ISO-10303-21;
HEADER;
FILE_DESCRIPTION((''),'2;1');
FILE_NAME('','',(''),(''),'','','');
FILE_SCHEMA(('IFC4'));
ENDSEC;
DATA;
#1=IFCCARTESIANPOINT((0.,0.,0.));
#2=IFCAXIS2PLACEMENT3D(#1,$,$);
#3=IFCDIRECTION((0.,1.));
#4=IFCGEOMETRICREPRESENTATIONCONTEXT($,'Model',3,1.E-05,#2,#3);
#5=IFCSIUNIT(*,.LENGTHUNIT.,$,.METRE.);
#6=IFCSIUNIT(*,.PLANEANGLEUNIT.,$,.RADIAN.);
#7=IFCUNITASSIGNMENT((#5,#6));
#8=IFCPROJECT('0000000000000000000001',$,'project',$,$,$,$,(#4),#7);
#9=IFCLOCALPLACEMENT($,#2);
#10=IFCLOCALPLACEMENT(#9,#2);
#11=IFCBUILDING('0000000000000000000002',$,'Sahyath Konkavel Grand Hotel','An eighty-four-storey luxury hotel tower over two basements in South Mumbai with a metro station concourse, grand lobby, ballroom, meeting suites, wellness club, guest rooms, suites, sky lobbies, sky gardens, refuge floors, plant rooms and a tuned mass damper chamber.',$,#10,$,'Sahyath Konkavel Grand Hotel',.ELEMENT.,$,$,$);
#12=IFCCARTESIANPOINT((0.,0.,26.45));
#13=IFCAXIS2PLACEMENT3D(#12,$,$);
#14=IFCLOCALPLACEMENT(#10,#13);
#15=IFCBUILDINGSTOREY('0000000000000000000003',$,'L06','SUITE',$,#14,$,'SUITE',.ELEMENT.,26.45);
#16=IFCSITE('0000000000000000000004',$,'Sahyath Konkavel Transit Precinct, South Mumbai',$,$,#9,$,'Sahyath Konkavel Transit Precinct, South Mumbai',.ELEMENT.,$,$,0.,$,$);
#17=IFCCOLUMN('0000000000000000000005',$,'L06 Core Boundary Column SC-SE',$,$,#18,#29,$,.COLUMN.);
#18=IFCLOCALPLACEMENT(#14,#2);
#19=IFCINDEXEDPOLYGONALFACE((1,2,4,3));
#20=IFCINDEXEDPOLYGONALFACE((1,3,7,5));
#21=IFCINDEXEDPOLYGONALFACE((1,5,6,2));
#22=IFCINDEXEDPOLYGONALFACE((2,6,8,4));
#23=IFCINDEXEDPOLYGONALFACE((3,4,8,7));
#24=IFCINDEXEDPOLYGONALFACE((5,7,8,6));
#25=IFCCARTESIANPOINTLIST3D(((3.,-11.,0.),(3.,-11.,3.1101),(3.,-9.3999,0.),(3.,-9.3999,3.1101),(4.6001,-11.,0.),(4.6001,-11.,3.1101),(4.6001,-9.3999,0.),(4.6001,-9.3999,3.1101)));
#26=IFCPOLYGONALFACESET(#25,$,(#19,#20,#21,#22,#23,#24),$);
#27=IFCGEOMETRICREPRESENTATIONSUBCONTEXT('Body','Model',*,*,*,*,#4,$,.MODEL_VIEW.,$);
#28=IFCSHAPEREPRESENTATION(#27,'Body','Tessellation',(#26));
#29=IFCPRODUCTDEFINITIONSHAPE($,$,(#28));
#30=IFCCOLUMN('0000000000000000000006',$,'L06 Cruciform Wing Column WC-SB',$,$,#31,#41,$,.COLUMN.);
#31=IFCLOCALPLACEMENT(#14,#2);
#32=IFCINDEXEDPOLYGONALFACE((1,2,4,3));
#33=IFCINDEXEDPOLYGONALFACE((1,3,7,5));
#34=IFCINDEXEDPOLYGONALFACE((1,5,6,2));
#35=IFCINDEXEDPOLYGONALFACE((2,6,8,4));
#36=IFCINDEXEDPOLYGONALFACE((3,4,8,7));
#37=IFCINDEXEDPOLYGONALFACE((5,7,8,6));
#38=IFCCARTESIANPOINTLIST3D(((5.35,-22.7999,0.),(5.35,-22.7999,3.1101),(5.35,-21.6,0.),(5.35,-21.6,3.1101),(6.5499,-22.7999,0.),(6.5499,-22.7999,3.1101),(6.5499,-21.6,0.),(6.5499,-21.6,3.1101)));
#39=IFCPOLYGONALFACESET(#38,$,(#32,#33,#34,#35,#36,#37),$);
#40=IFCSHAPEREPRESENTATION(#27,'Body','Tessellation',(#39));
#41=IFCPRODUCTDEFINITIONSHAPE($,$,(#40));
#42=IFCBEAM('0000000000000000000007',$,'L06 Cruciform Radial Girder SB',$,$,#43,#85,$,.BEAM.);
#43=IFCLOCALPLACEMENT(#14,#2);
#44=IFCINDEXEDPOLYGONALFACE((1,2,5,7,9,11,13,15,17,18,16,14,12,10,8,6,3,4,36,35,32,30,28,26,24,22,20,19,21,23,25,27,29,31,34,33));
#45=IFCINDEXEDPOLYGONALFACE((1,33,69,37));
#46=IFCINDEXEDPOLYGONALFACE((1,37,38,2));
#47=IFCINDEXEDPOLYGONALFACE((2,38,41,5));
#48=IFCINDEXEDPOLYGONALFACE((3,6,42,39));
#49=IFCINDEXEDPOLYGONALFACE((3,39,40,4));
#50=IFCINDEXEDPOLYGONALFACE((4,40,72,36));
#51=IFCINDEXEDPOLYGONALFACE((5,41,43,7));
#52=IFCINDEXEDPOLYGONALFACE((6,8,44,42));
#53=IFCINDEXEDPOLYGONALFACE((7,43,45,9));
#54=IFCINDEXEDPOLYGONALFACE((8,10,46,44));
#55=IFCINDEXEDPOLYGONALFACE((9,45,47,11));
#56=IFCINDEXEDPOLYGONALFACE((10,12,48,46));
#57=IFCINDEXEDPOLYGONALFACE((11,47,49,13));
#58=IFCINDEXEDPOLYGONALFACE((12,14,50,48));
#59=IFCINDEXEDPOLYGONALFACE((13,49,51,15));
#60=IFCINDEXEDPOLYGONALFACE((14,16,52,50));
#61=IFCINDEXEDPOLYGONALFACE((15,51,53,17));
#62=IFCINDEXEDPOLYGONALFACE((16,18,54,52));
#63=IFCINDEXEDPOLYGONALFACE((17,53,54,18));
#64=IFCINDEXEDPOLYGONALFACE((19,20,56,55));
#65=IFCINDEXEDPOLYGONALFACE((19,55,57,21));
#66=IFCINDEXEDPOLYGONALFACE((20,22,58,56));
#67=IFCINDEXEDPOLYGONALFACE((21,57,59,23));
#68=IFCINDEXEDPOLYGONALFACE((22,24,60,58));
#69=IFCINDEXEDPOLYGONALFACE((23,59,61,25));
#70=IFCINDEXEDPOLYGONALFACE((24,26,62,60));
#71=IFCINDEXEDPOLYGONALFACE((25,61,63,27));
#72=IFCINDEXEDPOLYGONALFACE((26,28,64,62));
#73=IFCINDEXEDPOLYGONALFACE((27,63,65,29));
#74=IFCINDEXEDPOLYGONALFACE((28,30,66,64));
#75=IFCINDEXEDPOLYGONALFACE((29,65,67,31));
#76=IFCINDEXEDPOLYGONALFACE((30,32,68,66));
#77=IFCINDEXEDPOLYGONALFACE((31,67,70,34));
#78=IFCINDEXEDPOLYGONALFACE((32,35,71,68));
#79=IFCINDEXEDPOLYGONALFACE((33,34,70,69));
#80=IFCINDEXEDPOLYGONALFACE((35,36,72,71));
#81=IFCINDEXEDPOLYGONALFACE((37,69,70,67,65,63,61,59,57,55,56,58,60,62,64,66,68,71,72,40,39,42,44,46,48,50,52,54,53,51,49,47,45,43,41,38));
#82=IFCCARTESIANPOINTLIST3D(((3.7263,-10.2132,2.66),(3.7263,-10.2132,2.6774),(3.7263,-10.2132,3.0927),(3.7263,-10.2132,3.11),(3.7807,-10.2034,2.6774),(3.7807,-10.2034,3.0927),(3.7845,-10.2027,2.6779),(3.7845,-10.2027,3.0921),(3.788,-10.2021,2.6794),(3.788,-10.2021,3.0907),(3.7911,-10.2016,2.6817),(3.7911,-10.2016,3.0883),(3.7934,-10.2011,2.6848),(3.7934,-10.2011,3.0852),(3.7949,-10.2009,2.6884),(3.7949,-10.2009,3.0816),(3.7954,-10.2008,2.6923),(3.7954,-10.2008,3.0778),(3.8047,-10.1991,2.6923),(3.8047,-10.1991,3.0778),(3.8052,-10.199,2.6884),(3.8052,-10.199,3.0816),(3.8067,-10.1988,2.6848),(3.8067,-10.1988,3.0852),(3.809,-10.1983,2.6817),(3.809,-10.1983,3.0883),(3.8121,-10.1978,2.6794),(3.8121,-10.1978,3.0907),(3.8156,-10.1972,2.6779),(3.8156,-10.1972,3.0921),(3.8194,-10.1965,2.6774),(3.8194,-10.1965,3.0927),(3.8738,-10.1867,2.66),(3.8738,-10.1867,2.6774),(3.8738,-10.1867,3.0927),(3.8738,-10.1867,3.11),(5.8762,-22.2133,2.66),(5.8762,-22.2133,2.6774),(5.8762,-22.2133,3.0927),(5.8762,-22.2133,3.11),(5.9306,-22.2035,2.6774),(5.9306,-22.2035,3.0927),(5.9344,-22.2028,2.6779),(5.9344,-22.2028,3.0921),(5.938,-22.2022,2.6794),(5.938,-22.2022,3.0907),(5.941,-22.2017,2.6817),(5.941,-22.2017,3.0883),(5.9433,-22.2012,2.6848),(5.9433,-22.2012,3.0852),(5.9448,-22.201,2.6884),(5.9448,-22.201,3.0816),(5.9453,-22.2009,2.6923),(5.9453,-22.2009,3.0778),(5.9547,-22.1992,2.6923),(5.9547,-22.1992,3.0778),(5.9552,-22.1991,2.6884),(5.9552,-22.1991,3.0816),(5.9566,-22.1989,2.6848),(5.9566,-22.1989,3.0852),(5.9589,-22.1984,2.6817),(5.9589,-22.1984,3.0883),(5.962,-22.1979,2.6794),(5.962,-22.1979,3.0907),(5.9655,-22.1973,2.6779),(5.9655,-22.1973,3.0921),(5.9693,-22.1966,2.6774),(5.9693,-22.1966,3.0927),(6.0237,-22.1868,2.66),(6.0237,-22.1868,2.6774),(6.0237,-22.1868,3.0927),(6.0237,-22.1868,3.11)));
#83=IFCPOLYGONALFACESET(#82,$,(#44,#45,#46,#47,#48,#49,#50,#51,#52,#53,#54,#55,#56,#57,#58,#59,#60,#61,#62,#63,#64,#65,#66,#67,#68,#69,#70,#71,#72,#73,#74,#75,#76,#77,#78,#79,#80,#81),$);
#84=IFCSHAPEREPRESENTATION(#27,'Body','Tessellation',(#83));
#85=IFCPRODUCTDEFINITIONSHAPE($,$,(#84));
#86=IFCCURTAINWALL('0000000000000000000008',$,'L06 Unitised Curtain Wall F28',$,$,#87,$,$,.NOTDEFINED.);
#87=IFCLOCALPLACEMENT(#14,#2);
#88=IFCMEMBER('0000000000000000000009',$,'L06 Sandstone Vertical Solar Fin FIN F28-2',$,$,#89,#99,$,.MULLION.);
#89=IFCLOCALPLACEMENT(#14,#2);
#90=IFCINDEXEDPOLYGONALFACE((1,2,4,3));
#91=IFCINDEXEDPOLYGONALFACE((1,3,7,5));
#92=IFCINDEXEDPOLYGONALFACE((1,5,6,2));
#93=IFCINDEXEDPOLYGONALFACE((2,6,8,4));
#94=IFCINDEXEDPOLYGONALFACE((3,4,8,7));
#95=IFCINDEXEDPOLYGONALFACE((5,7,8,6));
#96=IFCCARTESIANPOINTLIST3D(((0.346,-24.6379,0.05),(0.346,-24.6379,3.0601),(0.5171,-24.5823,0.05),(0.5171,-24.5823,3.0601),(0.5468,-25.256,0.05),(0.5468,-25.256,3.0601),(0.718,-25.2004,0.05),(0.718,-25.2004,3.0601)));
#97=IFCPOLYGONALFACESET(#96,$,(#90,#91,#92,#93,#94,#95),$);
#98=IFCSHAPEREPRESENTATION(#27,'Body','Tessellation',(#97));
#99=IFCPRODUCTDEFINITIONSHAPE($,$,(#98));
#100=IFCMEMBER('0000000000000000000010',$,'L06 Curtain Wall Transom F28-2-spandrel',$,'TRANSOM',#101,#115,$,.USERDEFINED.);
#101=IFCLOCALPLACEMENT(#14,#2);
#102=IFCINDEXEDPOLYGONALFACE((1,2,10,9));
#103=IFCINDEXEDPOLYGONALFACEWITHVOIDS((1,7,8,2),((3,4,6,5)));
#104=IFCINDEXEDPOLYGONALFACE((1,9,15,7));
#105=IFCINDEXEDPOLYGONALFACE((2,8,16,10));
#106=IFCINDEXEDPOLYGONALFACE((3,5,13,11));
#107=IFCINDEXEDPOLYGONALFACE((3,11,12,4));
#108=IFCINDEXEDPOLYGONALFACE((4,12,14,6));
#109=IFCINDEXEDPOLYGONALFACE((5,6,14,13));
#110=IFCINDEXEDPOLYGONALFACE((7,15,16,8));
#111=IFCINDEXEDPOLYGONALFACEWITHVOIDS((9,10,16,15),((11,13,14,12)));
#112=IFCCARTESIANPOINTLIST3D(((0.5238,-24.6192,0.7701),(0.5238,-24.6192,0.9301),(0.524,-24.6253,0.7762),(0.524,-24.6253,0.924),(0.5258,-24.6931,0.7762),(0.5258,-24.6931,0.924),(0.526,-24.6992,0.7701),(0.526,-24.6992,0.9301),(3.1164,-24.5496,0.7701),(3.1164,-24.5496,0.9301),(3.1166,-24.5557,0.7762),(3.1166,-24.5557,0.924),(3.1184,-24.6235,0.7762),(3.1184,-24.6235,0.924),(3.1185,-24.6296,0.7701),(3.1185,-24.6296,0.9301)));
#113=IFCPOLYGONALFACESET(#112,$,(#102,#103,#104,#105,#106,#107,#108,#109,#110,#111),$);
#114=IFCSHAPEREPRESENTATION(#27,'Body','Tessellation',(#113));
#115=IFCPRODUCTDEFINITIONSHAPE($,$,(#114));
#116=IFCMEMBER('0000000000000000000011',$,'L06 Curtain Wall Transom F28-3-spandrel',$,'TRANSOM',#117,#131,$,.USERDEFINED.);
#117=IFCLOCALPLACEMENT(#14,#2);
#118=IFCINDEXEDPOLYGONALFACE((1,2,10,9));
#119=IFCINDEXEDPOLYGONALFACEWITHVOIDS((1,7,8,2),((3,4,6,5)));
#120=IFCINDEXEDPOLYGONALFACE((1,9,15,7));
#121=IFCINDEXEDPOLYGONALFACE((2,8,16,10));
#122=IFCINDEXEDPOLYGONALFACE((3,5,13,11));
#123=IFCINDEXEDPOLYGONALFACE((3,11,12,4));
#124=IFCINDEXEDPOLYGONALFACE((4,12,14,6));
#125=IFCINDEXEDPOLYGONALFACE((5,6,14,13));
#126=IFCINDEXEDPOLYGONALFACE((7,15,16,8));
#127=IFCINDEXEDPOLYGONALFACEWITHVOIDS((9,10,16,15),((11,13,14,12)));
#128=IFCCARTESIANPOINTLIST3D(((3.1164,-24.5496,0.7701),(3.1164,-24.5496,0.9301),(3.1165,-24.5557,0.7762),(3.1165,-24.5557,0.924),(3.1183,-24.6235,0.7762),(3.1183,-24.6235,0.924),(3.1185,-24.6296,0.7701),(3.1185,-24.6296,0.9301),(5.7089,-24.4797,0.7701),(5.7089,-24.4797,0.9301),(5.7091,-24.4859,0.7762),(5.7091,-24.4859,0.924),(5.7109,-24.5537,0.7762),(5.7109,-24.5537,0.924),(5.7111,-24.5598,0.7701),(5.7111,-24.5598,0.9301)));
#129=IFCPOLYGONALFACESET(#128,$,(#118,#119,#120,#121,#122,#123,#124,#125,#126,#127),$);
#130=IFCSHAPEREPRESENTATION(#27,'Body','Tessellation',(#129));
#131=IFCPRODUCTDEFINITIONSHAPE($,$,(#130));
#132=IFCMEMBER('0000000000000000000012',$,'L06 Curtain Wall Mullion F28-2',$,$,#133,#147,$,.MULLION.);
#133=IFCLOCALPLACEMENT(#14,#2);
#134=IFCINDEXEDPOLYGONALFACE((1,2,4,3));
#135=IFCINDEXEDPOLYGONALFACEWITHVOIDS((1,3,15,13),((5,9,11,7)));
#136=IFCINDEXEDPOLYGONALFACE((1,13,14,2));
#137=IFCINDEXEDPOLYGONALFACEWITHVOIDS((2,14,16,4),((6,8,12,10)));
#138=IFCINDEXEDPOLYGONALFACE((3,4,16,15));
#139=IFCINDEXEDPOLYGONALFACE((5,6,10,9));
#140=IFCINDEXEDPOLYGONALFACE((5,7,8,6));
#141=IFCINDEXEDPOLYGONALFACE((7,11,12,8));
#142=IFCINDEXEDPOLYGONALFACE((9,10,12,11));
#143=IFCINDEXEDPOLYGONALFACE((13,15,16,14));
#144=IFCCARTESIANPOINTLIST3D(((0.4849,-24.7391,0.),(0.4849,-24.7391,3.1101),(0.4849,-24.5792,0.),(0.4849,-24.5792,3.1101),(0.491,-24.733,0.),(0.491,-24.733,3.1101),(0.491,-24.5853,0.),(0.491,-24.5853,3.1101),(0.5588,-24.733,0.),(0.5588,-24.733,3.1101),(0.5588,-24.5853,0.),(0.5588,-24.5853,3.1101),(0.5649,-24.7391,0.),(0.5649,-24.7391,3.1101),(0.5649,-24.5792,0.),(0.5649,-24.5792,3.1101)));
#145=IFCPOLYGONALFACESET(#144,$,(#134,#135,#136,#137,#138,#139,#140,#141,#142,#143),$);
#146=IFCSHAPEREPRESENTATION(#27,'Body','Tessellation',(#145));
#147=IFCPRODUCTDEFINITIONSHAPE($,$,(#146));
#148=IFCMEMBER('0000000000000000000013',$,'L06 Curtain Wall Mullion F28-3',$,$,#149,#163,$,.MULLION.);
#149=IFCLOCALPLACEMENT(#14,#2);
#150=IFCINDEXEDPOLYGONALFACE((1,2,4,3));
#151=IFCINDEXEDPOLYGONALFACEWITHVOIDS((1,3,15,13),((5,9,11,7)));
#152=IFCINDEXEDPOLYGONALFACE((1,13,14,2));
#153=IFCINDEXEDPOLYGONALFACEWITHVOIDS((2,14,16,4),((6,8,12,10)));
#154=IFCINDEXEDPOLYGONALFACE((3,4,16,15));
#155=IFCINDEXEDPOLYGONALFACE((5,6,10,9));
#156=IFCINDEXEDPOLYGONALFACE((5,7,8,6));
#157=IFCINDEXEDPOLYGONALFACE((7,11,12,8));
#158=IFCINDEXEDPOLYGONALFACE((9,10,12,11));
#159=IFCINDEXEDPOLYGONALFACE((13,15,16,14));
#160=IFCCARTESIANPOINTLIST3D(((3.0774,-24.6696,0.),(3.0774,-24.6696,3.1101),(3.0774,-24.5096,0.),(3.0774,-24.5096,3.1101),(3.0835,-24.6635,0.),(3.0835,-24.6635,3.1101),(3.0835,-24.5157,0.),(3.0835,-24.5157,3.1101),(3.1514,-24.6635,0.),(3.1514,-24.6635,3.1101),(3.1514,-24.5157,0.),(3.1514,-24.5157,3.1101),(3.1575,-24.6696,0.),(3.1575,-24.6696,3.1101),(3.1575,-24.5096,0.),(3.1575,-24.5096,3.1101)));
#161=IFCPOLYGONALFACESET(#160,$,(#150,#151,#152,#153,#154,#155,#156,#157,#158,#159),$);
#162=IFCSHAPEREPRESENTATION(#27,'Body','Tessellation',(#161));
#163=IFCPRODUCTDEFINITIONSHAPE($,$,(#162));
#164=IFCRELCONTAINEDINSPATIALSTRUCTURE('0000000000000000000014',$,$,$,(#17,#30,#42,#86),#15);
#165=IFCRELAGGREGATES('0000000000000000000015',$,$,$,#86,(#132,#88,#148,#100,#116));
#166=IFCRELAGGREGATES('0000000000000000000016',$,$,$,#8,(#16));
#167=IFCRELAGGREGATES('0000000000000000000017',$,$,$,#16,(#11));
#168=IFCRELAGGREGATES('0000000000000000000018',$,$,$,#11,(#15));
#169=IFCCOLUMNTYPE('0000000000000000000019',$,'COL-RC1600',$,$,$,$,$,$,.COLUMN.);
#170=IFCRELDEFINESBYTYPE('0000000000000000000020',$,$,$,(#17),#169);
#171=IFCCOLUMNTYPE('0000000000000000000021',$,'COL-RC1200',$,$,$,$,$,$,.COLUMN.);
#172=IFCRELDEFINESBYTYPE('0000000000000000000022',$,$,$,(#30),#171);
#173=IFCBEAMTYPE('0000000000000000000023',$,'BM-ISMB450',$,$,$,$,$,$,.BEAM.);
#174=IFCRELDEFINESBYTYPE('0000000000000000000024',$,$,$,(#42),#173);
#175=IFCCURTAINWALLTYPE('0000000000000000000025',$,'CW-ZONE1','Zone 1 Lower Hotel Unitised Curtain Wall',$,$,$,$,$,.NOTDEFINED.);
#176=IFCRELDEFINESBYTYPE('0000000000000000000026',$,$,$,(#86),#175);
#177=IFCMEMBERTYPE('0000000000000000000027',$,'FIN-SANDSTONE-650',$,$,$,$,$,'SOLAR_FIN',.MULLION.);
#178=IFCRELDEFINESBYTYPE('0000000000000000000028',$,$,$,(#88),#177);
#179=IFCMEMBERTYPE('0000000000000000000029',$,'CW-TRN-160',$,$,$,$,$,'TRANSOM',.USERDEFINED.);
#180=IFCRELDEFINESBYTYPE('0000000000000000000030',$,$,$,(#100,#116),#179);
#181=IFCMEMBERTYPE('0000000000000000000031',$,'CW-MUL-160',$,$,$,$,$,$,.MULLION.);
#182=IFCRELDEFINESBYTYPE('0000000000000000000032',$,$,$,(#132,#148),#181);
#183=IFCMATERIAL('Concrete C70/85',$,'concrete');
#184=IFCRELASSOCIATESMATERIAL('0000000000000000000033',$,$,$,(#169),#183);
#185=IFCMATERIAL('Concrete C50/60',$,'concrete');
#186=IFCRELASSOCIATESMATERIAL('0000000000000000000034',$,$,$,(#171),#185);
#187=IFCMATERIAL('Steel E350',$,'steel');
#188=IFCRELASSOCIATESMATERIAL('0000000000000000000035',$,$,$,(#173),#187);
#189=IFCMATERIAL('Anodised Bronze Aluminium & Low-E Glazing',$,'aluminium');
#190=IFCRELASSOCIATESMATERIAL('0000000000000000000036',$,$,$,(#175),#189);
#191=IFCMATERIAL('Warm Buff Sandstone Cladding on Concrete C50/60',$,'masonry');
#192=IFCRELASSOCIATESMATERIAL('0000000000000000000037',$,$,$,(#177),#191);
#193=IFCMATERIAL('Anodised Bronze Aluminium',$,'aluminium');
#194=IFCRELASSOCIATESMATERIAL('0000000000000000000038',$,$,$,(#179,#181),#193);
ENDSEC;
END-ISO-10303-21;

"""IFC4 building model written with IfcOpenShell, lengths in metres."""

from ifc_helpers import new_model, si_unit, direction, frame, origin, origin_2d, place, context, subcontext, project, spatial, rectangle, hollow_rectangle, i_section, extrude, source, transform, mapped, material, material_profile, profile_set, type_object, element, aggregate, save


model = new_model("IFC4")

# Units and contexts
model_context = context("Model", 3, precision=1e-05, world=origin(), true_north=direction((0.0, 1.0)))
body_context = subcontext(model_context, "Body", "Model", "MODEL_VIEW")
ifc_project = project(units=[si_unit("LENGTHUNIT", "METRE"), si_unit("PLANEANGLEUNIT", "RADIAN")], contexts=[model_context])

# Site, building, storey
site_placement = place(None, origin())
site = spatial("IfcSite", under=ifc_project, at=site_placement, Name="Sahyath Konkavel Transit Precinct, South Mumbai", LongName="Sahyath Konkavel Transit Precinct, South Mumbai", CompositionType="ELEMENT", RefElevation=0.0)
building_placement = place(site_placement, origin())
building = spatial("IfcBuilding", under=site, at=building_placement, Name="Sahyath Konkavel Grand Hotel", Description="An eighty-four-storey luxury hotel tower over two basements in South Mumbai with a metro station concourse, grand lobby, ballroom, meeting suites, wellness club, guest rooms, suites, sky lobbies, sky gardens, refuge floors, plant rooms and a tuned mass damper chamber.", LongName="Sahyath Konkavel Grand Hotel", CompositionType="ELEMENT")
storey_placement = place(building_placement, frame((0.0, 0.0, 26.45)))
storey = spatial("IfcBuildingStorey", under=building, at=storey_placement, Name="L06", Description="SUITE", LongName="SUITE", CompositionType="ELEMENT", Elevation=26.45)

# Columns
ifc_material_1 = material(Name="Concrete C70/85", Category="concrete")
ifc_material_profile_1 = material_profile(ifc_material_1, rectangle(XDim=1.6001, YDim=1.6001, at=origin_2d()), Name="RC 1600x1600")
ifc_profile_set_1 = profile_set([ifc_material_profile_1], Name="Concrete C70/85")
column_type_1 = type_object("IfcColumnType", Name="COL-RC1600", PredefinedType="COLUMN", material=ifc_profile_set_1)
shared_shape_1 = source(origin(), body_context, "Body", "SweptSolid", [
    extrude(rectangle(XDim=1.6001, YDim=1.6001, at=origin_2d()), origin(), (0.0, 0.0, 1.0), 3.1101),
])
column_1_placement = place(storey_placement, frame((3.8, -10.2, 0.0), z_axis=(0.0, 0.0, 1.0), x_axis=(1.0, 0.0, 0.0)))
element("IfcColumn", 1, at=column_1_placement, inside=storey, type_object=column_type_1, Name="L06 Core Boundary Column SC-SE", PredefinedType="COLUMN", context=body_context, shape_type="MappedRepresentation", body=[
    mapped(shared_shape_1, transform((0.0, 0.0, 0.0), scale=1.0)),
])
ifc_material_2 = material(Name="Concrete C50/60", Category="concrete")
ifc_material_profile_2 = material_profile(ifc_material_2, rectangle(XDim=1.2, YDim=1.2, at=origin_2d()), Name="RC 1200x1200")
ifc_profile_set_2 = profile_set([ifc_material_profile_2], Name="Concrete C50/60")
column_type_2 = type_object("IfcColumnType", Name="COL-RC1200", PredefinedType="COLUMN", material=ifc_profile_set_2)
shared_shape_2 = source(origin(), body_context, "Body", "SweptSolid", [
    extrude(rectangle(XDim=1.2, YDim=1.2, at=origin_2d()), origin(), (0.0, 0.0, 1.0), 3.1101),
])
column_2_placement = place(storey_placement, frame((5.95, -22.2, 0.0), z_axis=(0.0, 0.0, 1.0), x_axis=(1.0, 0.0, 0.0)))
element("IfcColumn", 2, at=column_2_placement, inside=storey, type_object=column_type_2, Name="L06 Cruciform Wing Column WC-SB", PredefinedType="COLUMN", context=body_context, shape_type="MappedRepresentation", body=[
    mapped(shared_shape_2, transform((0.0, 0.0, 0.0), scale=1.0)),
])

# Beam
ifc_material_3 = material(Name="Steel E350", Category="steel")
ifc_material_profile_3 = material_profile(ifc_material_3, i_section(OverallWidth=0.1499, OverallDepth=0.45, WebThickness=0.0095, FlangeThickness=0.0173, FilletRadius=0.0149, at=origin_2d()), Name="ISMB 450")
ifc_profile_set_3 = profile_set([ifc_material_profile_3], Name="Steel E350")
beam_type_1 = type_object("IfcBeamType", Name="BM-ISMB450", PredefinedType="BEAM", material=ifc_profile_set_3)
shared_shape_3 = source(origin(), body_context, "Body", "SweptSolid", [
    extrude(i_section(OverallWidth=0.1499, OverallDepth=0.45, WebThickness=0.0095, FlangeThickness=0.0173, FilletRadius=0.0149, at=origin_2d()), origin(), (0.0, 0.0, 1.0), 12.1912),
])
beam_1_placement = place(storey_placement, frame((3.8, -10.2, 2.885), z_axis=(0.176351, -0.984327, 0.0), x_axis=(0.984327, 0.176351, 0.0)))
element("IfcBeam", 3, at=beam_1_placement, inside=storey, type_object=beam_type_1, Name="L06 Cruciform Radial Girder SB", PredefinedType="BEAM", context=body_context, shape_type="MappedRepresentation", body=[
    mapped(shared_shape_3, transform((0.0, 0.0, 0.0), scale=1.0)),
])

# Curtain wall, members
ifc_material_4 = material(Name="Anodised Bronze Aluminium & Low-E Glazing", Category="aluminium")
curtain_wall_type = type_object("IfcCurtainWallType", Name="CW-ZONE1", Description="Zone 1 Lower Hotel Unitised Curtain Wall", PredefinedType="NOTDEFINED", material=ifc_material_4)
curtain_wall_placement = place(storey_placement, origin())
curtain_wall = element("IfcCurtainWall", 4, at=curtain_wall_placement, inside=storey, type_object=curtain_wall_type, Name="L06 Unitised Curtain Wall F28", PredefinedType="NOTDEFINED")
ifc_material_5 = material(Name="Warm Buff Sandstone Cladding on Concrete C50/60", Category="masonry")
ifc_material_profile_4 = material_profile(ifc_material_5, rectangle(XDim=0.1799, YDim=0.6499, at=origin_2d()), Name="FIN 180x650")
ifc_profile_set_4 = profile_set([ifc_material_profile_4], Name="Warm Buff Sandstone Cladding on Concrete C50/60")
member_type_1 = type_object("IfcMemberType", Name="FIN-SANDSTONE-650", ElementType="SOLAR_FIN", PredefinedType="MULLION", material=ifc_profile_set_4)
shared_shape_4 = source(origin(), body_context, "Body", "SweptSolid", [
    extrude(rectangle(XDim=0.1799, YDim=0.6499, at=origin_2d()), origin(), (0.0, 0.0, 1.0), 3.01),
])
member_1_placement = place(storey_placement, frame((0.532, -24.9192, 0.05), z_axis=(0.0, 0.0, 1.0), x_axis=(0.951057, 0.309017, 0.0)))
member_1 = element("IfcMember", 5, at=member_1_placement, type_object=member_type_1, Name="L06 Sandstone Vertical Solar Fin FIN F28-2", PredefinedType="MULLION", context=body_context, shape_type="MappedRepresentation", body=[
    mapped(shared_shape_4, transform((0.0, 0.0, 0.0), scale=1.0)),
])
ifc_material_6 = material(Name="Anodised Bronze Aluminium", Category="aluminium")
ifc_material_profile_5 = material_profile(ifc_material_6, hollow_rectangle(XDim=0.0801, YDim=0.1599, WallThickness=0.0061, at=origin_2d()), Name="RHS 160x80x6")
ifc_profile_set_5 = profile_set([ifc_material_profile_5], Name="Anodised Bronze Aluminium")
member_type_2 = type_object("IfcMemberType", Name="CW-TRN-160", ElementType="TRANSOM", PredefinedType="USERDEFINED", material=ifc_profile_set_5)
shared_shape_5 = source(origin(), body_context, "Body", "SweptSolid", [
    extrude(hollow_rectangle(XDim=0.0801, YDim=0.1599, WallThickness=0.0061, at=origin_2d()), origin(), (0.0, 0.0, 1.0), 2.5935),
])
member_2_placement = place(storey_placement, frame((0.5249, -24.6592, 0.8501), z_axis=(0.99964, 0.026829, 0.0), x_axis=(-0.026829, 0.99964, 0.0)))
member_2 = element("IfcMember", 6, at=member_2_placement, type_object=member_type_2, Name="L06 Curtain Wall Transom F28-2-spandrel", ObjectType="TRANSOM", PredefinedType="USERDEFINED", context=body_context, shape_type="MappedRepresentation", body=[
    mapped(shared_shape_5, transform((0.0, 0.0, 0.0), scale=1.0)),
])
member_3_placement = place(storey_placement, frame((3.1174, -24.5896, 0.8501), z_axis=(0.999638, 0.026923, 0.0), x_axis=(-0.026923, 0.999638, 0.0)))
member_3 = element("IfcMember", 7, at=member_3_placement, type_object=member_type_2, Name="L06 Curtain Wall Transom F28-3-spandrel", ObjectType="TRANSOM", PredefinedType="USERDEFINED", context=body_context, shape_type="MappedRepresentation", body=[
    mapped(shared_shape_5, transform((0.0, 0.0, 0.0), scale=1.0)),
])
ifc_material_profile_6 = material_profile(ifc_material_6, hollow_rectangle(XDim=0.0801, YDim=0.1599, WallThickness=0.0061, at=origin_2d()), Name="RHS 160x80x6")
ifc_profile_set_6 = profile_set([ifc_material_profile_6], Name="Anodised Bronze Aluminium")
member_type_3 = type_object("IfcMemberType", Name="CW-MUL-160", PredefinedType="MULLION", material=ifc_profile_set_6)
shared_shape_6 = source(origin(), body_context, "Body", "SweptSolid", [
    extrude(hollow_rectangle(XDim=0.0801, YDim=0.1599, WallThickness=0.0061, at=origin_2d()), origin(), (0.0, 0.0, 1.0), 3.1101),
])
member_4_placement = place(storey_placement, frame((0.5249, -24.6592, 0.0), z_axis=(0.0, 0.0, 1.0), x_axis=(1.0, 0.0, 0.0)))
member_4 = element("IfcMember", 8, at=member_4_placement, type_object=member_type_3, Name="L06 Curtain Wall Mullion F28-2", PredefinedType="MULLION", context=body_context, shape_type="MappedRepresentation", body=[
    mapped(shared_shape_6, transform((0.0, 0.0, 0.0), scale=1.0)),
])
member_5_placement = place(storey_placement, frame((3.1174, -24.5896, 0.0), z_axis=(0.0, 0.0, 1.0), x_axis=(1.0, 0.0, 0.0)))
member_5 = element("IfcMember", 9, at=member_5_placement, type_object=member_type_3, Name="L06 Curtain Wall Mullion F28-3", PredefinedType="MULLION", context=body_context, shape_type="MappedRepresentation", body=[
    mapped(shared_shape_6, transform((0.0, 0.0, 0.0), scale=1.0)),
])

aggregate(curtain_wall, [member_4, member_1, member_5, member_2, member_3])

save(model, "model.ifc")
